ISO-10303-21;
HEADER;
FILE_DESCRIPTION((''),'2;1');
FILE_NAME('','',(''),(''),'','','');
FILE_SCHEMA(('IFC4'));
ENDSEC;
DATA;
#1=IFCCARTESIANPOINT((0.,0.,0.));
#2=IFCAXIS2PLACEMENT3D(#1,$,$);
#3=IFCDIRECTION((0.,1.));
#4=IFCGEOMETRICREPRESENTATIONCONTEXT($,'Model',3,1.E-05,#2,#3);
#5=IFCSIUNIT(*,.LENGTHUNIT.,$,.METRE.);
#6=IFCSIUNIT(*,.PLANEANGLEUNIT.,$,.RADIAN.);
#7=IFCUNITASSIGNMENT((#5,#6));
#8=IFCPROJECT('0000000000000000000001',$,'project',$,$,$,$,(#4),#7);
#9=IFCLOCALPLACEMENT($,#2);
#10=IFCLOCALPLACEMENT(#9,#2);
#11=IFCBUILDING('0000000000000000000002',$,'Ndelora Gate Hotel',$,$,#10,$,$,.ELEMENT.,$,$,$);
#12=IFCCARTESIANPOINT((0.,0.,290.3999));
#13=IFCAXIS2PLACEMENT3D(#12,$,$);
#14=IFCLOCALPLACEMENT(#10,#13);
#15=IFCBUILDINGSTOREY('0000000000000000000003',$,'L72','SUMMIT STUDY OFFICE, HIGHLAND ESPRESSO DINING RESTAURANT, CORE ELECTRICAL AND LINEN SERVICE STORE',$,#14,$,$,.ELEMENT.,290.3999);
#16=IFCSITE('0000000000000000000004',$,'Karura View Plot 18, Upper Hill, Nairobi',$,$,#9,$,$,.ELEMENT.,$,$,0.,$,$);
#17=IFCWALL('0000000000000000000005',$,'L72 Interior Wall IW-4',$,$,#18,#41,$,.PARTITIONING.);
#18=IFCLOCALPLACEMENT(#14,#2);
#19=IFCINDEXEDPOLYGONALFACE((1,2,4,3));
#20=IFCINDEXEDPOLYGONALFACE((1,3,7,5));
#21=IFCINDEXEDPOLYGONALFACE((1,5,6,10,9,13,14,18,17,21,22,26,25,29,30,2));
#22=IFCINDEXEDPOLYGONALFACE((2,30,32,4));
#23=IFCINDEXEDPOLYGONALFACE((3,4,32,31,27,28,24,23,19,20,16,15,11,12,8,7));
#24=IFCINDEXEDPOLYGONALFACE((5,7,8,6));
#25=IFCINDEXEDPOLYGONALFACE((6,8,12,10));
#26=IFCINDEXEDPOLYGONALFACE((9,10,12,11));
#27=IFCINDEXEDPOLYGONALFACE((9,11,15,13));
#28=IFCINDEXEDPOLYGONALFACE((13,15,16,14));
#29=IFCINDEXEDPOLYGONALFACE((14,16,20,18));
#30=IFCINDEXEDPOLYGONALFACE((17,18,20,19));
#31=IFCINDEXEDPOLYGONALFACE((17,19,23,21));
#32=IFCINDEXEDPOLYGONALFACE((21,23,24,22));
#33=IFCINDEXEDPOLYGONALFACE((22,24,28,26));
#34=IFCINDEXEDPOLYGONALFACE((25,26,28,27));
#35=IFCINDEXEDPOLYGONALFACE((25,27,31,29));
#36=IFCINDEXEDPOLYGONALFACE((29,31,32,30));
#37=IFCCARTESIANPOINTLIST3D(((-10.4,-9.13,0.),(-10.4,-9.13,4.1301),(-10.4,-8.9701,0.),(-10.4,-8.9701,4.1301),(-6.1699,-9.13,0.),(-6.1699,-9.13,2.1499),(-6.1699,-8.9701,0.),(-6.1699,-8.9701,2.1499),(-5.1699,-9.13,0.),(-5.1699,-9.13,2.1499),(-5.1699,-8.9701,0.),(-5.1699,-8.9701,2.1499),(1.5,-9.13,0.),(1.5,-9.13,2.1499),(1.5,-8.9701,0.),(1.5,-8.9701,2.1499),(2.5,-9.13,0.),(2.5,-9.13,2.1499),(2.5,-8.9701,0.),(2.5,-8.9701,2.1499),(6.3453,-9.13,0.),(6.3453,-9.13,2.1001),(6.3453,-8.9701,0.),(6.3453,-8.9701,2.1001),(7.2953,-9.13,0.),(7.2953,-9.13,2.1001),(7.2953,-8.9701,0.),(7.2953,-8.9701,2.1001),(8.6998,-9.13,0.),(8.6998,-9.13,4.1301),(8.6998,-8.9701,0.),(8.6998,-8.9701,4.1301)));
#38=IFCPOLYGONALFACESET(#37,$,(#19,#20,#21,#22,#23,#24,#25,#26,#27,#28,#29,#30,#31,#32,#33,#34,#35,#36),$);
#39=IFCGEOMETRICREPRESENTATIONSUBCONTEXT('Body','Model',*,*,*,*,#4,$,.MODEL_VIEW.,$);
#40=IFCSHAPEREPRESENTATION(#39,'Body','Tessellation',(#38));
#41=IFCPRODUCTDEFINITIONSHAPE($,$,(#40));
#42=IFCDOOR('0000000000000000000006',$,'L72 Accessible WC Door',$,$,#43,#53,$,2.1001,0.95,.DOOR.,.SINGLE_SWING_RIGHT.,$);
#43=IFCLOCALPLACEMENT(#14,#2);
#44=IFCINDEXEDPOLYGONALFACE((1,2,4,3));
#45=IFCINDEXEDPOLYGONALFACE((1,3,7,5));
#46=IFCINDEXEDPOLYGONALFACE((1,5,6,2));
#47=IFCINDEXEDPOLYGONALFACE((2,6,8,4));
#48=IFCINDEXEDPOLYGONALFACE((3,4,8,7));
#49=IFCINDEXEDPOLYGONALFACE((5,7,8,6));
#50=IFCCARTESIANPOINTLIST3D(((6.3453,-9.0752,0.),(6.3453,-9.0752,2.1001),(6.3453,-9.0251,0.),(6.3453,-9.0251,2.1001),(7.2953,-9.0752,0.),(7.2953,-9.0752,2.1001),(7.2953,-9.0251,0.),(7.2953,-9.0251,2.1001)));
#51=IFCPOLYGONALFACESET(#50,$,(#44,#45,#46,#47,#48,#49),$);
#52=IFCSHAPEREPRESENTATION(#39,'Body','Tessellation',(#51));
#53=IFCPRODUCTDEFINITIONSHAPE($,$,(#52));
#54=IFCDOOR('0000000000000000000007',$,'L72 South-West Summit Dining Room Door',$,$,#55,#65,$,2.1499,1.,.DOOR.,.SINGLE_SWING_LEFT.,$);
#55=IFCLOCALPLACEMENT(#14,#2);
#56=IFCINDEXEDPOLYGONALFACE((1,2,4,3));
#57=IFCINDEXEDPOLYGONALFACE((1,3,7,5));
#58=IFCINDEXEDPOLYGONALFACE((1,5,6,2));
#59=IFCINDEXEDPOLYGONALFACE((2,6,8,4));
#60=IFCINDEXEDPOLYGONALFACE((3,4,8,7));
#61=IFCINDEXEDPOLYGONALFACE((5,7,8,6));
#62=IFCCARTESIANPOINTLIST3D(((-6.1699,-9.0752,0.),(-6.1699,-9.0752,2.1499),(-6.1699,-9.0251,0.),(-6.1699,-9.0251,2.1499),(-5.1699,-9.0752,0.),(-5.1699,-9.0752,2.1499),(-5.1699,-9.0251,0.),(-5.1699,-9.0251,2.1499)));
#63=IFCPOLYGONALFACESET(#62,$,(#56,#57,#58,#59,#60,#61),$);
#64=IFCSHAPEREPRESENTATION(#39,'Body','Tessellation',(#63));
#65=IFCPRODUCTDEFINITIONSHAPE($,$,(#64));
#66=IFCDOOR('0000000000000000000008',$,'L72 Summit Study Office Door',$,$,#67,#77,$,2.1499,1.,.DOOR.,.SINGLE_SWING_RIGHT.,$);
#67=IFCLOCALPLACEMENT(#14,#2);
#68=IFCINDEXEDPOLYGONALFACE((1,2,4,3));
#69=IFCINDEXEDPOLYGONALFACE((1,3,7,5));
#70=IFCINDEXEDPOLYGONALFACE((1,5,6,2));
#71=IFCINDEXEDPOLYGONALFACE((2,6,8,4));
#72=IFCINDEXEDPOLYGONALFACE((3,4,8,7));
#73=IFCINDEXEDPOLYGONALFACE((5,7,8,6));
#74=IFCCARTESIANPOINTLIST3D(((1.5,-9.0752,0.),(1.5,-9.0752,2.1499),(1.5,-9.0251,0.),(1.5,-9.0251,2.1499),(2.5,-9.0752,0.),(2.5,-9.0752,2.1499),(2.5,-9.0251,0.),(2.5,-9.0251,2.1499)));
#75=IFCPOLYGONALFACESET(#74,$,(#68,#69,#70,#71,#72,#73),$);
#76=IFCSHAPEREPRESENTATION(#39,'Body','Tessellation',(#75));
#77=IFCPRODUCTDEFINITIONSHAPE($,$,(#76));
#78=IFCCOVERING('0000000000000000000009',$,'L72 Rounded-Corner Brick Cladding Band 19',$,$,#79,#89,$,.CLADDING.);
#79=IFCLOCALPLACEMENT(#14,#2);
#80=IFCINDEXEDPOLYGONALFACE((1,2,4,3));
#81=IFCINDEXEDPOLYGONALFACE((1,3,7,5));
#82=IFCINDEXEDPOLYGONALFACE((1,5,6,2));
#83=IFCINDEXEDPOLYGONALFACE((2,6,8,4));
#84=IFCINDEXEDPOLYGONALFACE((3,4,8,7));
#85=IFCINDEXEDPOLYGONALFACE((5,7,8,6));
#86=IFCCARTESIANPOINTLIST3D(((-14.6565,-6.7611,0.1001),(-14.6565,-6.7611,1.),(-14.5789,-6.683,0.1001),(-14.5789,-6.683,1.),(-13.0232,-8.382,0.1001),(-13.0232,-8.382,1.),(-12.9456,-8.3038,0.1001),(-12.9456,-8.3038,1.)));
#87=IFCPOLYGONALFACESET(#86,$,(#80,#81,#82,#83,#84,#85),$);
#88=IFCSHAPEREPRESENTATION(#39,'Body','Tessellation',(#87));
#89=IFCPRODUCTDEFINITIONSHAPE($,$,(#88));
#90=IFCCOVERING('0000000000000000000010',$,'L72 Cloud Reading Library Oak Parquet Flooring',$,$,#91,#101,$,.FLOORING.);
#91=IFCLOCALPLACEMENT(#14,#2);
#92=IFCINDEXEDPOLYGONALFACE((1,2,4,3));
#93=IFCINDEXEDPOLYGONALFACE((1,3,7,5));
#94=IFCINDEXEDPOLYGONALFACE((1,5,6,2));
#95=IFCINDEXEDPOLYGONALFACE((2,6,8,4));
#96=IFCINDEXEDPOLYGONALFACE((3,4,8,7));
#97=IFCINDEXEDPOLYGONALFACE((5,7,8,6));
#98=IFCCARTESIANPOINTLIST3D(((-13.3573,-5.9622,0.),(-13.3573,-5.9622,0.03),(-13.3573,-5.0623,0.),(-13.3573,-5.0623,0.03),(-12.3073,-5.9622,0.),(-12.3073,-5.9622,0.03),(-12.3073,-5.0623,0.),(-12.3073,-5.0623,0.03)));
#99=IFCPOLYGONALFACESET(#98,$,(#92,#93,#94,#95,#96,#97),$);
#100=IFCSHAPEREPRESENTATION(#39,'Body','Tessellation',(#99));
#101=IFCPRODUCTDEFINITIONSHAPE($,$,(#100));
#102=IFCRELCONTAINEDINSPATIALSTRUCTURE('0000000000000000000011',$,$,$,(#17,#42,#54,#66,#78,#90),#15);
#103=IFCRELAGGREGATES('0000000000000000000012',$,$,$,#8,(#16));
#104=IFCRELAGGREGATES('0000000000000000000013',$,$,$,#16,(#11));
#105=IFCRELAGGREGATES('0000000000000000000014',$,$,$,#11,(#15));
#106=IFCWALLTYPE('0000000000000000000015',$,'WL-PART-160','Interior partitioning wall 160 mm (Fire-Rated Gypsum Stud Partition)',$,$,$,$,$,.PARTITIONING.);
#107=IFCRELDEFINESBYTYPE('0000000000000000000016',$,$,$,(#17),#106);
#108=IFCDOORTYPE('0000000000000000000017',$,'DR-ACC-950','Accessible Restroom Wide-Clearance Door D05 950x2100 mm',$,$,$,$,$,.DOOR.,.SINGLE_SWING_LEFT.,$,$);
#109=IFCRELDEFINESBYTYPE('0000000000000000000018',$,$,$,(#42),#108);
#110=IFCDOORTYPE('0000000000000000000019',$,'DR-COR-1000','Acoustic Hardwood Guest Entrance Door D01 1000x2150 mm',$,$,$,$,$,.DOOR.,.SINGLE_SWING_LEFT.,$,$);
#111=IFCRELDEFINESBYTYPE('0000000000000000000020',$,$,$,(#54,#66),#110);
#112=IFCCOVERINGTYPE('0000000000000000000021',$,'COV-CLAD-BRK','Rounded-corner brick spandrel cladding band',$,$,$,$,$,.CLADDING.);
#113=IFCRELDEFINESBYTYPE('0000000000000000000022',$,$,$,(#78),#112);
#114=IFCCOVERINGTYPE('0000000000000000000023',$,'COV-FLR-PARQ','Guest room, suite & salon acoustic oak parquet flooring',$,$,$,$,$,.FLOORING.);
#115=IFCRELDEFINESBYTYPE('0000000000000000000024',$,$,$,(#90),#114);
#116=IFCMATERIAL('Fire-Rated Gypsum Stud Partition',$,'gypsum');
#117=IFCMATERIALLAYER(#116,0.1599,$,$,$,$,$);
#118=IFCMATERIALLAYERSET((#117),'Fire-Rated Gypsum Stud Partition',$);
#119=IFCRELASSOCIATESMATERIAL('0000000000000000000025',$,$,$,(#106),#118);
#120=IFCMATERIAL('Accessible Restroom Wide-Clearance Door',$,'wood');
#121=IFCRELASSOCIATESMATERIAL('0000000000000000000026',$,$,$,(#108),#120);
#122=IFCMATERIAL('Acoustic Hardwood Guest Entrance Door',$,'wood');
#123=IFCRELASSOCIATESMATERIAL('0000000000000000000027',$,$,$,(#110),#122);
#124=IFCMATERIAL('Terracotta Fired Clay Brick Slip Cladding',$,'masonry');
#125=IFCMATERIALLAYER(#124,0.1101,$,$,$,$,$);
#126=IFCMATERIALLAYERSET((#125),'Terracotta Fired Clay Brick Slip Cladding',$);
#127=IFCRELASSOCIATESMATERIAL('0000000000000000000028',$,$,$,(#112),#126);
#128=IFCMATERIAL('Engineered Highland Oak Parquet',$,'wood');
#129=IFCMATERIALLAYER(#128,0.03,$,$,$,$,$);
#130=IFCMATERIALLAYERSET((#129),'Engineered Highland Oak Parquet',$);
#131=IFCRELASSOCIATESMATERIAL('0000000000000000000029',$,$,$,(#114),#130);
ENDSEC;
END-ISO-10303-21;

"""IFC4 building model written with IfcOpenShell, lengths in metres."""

from ifc_helpers import new_model, si_unit, direction, frame, frame_2d, origin, origin_2d, place, context, subcontext, project, spatial, rectangle, extrude, material, layer, layer_set, type_object, element, fill, save


model = new_model("IFC4")

# Units and contexts
model_context = context("Model", 3, precision=1e-05, world=origin(), true_north=direction((0.0, 1.0)))
body_context = subcontext(model_context, "Body", "Model", "MODEL_VIEW")
ifc_project = project(units=[si_unit("LENGTHUNIT", "METRE"), si_unit("PLANEANGLEUNIT", "RADIAN")], contexts=[model_context])

# Site, building, storey
site_placement = place(None, origin())
site = spatial("IfcSite", under=ifc_project, at=site_placement, Name="Karura View Plot 18, Upper Hill, Nairobi", CompositionType="ELEMENT", RefElevation=0.0)
building_placement = place(site_placement, origin())
building = spatial("IfcBuilding", under=site, at=building_placement, Name="Ndelora Gate Hotel", CompositionType="ELEMENT")
storey_placement = place(building_placement, frame((0.0, 0.0, 290.3999)))
storey = spatial("IfcBuildingStorey", under=building, at=storey_placement, Name="L72", Description="SUMMIT STUDY OFFICE, HIGHLAND ESPRESSO DINING RESTAURANT, CORE ELECTRICAL AND LINEN SERVICE STORE", CompositionType="ELEMENT", Elevation=290.3999)

# Wall, openings, doors
ifc_material_1 = material(Name="Fire-Rated Gypsum Stud Partition", Category="gypsum")
ifc_layer_1 = layer(ifc_material_1, 0.1599)
ifc_layer_set_1 = layer_set([ifc_layer_1], Name="Fire-Rated Gypsum Stud Partition")
wall_type_1 = type_object("IfcWallType", Name="WL-PART-160", Description="Interior partitioning wall 160 mm (Fire-Rated Gypsum Stud Partition)", PredefinedType="PARTITIONING", material=ifc_layer_set_1)
wall_1_placement = place(storey_placement, frame((-10.3999, -9.05, 0.0), z_axis=(0.0, 0.0, 1.0), x_axis=(1.0, 0.0, 0.0)))
wall_1 = element("IfcWall", 1, at=wall_1_placement, inside=storey, type_object=wall_type_1, Name="L72 Interior Wall IW-4", PredefinedType="PARTITIONING", context=body_context, shape_type="SweptSolid", body=[
    extrude(rectangle(XDim=19.0999, YDim=0.1599, at=frame_2d((9.5498, 0.0))), origin(), (0.0, 0.0, 1.0), 4.1301),
])
opening_1_placement = place(wall_1_placement, frame((4.23, 0.0, 0.0)))
opening_1 = element("IfcOpeningElement", 2, at=opening_1_placement, cuts=wall_1, PredefinedType="OPENING", context=body_context, shape_type="SweptSolid", body=[
    extrude(rectangle(XDim=1.0, YDim=2.1499, at=frame_2d((0.5, 1.075))), frame((0.0, 0.0898, 0.0), z_axis=(0.0, -1.0, 0.0), x_axis=(1.0, 0.0, 0.0)), (0.0, 0.0, 1.0), 0.1799),
])
opening_2_placement = place(wall_1_placement, frame((11.8999, 0.0, 0.0)))
opening_2 = element("IfcOpeningElement", 3, at=opening_2_placement, cuts=wall_1, PredefinedType="OPENING", context=body_context, shape_type="SweptSolid", body=[
    extrude(rectangle(XDim=1.0, YDim=2.1499, at=frame_2d((0.5, 1.075))), frame((0.0, 0.0898, 0.0), z_axis=(0.0, -1.0, 0.0), x_axis=(1.0, 0.0, 0.0)), (0.0, 0.0, 1.0), 0.1799),
])
opening_3_placement = place(wall_1_placement, frame((16.7451, 0.0, 0.0)))
opening_3 = element("IfcOpeningElement", 4, at=opening_3_placement, cuts=wall_1, PredefinedType="OPENING", context=body_context, shape_type="SweptSolid", body=[
    extrude(rectangle(XDim=0.95, YDim=2.1001, at=frame_2d((0.4751, 1.05))), frame((0.0, 0.0898, 0.0), z_axis=(0.0, -1.0, 0.0), x_axis=(1.0, 0.0, 0.0)), (0.0, 0.0, 1.0), 0.1799),
])
ifc_material_2 = material(Name="Accessible Restroom Wide-Clearance Door", Category="wood")
door_type_1 = type_object("IfcDoorType", Name="DR-ACC-950", Description="Accessible Restroom Wide-Clearance Door D05 950x2100 mm", OperationType="SINGLE_SWING_LEFT", PredefinedType="DOOR", material=ifc_material_2)
door_1_placement = place(opening_3_placement, origin())
door_1 = element("IfcDoor", 5, at=door_1_placement, inside=storey, type_object=door_type_1, Name="L72 Accessible WC Door", OperationType="SINGLE_SWING_RIGHT", OverallHeight=2.1001, OverallWidth=0.95, PredefinedType="DOOR", context=body_context, shape_type="SweptSolid", body=[
    extrude(rectangle(XDim=0.95, YDim=2.1001, at=frame_2d((0.4751, 1.05))), frame((0.0, 0.0249, 0.0), z_axis=(0.0, -1.0, 0.0), x_axis=(1.0, 0.0, 0.0)), (0.0, 0.0, 1.0), 0.05),
])
fill(opening_3, door_1)
ifc_material_3 = material(Name="Acoustic Hardwood Guest Entrance Door", Category="wood")
door_type_2 = type_object("IfcDoorType", Name="DR-COR-1000", Description="Acoustic Hardwood Guest Entrance Door D01 1000x2150 mm", OperationType="SINGLE_SWING_LEFT", PredefinedType="DOOR", material=ifc_material_3)
door_2_placement = place(opening_1_placement, origin())
door_2 = element("IfcDoor", 6, at=door_2_placement, inside=storey, type_object=door_type_2, Name="L72 South-West Summit Dining Room Door", OperationType="SINGLE_SWING_LEFT", OverallHeight=2.1499, OverallWidth=1.0, PredefinedType="DOOR", context=body_context, shape_type="SweptSolid", body=[
    extrude(rectangle(XDim=1.0, YDim=2.1499, at=frame_2d((0.5, 1.075))), frame((0.0, 0.0249, 0.0), z_axis=(0.0, -1.0, 0.0), x_axis=(1.0, 0.0, 0.0)), (0.0, 0.0, 1.0), 0.05),
])
fill(opening_1, door_2)
door_3_placement = place(opening_2_placement, origin())
door_3 = element("IfcDoor", 7, at=door_3_placement, inside=storey, type_object=door_type_2, Name="L72 Summit Study Office Door", OperationType="SINGLE_SWING_RIGHT", OverallHeight=2.1499, OverallWidth=1.0, PredefinedType="DOOR", context=body_context, shape_type="SweptSolid", body=[
    extrude(rectangle(XDim=1.0, YDim=2.1499, at=frame_2d((0.5, 1.075))), frame((0.0, 0.0249, 0.0), z_axis=(0.0, -1.0, 0.0), x_axis=(1.0, 0.0, 0.0)), (0.0, 0.0, 1.0), 0.05),
])
fill(opening_2, door_3)

# Coverings
ifc_material_4 = material(Name="Terracotta Fired Clay Brick Slip Cladding", Category="masonry")
ifc_layer_2 = layer(ifc_material_4, 0.1101)
ifc_layer_set_2 = layer_set([ifc_layer_2], Name="Terracotta Fired Clay Brick Slip Cladding")
covering_type_1 = type_object("IfcCoveringType", Name="COV-CLAD-BRK", Description="Rounded-corner brick spandrel cladding band", PredefinedType="CLADDING", material=ifc_layer_set_2)
covering_1_placement = place(storey_placement, frame((-13.801, -7.5325, 0.1001), z_axis=(0.0, 0.0, 1.0), x_axis=(-0.709817, 0.704386, 0.0)))
element("IfcCovering", 8, at=covering_1_placement, inside=storey, type_object=covering_type_1, Name="L72 Rounded-Corner Brick Cladding Band 19", PredefinedType="CLADDING", context=body_context, shape_type="SweptSolid", body=[
    extrude(rectangle(XDim=2.301, YDim=0.1101, at=origin_2d()), origin(), (0.0, 0.0, 1.0), 0.8999),
])
ifc_material_5 = material(Name="Engineered Highland Oak Parquet", Category="wood")
ifc_layer_3 = layer(ifc_material_5, 0.03)
ifc_layer_set_3 = layer_set([ifc_layer_3], Name="Engineered Highland Oak Parquet")
covering_type_2 = type_object("IfcCoveringType", Name="COV-FLR-PARQ", Description="Guest room, suite & salon acoustic oak parquet flooring", PredefinedType="FLOORING", material=ifc_layer_set_3)
covering_2_placement = place(storey_placement, frame((-12.8323, -5.5122, 0.0), z_axis=(0.0, 0.0, 1.0), x_axis=(1.0, 0.0, 0.0)))
element("IfcCovering", 9, at=covering_2_placement, inside=storey, type_object=covering_type_2, Name="L72 Cloud Reading Library Oak Parquet Flooring", PredefinedType="FLOORING", context=body_context, shape_type="SweptSolid", body=[
    extrude(rectangle(XDim=1.05, YDim=0.8999, at=origin_2d()), origin(), (0.0, 0.0, 1.0), 0.03),
])

save(model, "model.ifc")
